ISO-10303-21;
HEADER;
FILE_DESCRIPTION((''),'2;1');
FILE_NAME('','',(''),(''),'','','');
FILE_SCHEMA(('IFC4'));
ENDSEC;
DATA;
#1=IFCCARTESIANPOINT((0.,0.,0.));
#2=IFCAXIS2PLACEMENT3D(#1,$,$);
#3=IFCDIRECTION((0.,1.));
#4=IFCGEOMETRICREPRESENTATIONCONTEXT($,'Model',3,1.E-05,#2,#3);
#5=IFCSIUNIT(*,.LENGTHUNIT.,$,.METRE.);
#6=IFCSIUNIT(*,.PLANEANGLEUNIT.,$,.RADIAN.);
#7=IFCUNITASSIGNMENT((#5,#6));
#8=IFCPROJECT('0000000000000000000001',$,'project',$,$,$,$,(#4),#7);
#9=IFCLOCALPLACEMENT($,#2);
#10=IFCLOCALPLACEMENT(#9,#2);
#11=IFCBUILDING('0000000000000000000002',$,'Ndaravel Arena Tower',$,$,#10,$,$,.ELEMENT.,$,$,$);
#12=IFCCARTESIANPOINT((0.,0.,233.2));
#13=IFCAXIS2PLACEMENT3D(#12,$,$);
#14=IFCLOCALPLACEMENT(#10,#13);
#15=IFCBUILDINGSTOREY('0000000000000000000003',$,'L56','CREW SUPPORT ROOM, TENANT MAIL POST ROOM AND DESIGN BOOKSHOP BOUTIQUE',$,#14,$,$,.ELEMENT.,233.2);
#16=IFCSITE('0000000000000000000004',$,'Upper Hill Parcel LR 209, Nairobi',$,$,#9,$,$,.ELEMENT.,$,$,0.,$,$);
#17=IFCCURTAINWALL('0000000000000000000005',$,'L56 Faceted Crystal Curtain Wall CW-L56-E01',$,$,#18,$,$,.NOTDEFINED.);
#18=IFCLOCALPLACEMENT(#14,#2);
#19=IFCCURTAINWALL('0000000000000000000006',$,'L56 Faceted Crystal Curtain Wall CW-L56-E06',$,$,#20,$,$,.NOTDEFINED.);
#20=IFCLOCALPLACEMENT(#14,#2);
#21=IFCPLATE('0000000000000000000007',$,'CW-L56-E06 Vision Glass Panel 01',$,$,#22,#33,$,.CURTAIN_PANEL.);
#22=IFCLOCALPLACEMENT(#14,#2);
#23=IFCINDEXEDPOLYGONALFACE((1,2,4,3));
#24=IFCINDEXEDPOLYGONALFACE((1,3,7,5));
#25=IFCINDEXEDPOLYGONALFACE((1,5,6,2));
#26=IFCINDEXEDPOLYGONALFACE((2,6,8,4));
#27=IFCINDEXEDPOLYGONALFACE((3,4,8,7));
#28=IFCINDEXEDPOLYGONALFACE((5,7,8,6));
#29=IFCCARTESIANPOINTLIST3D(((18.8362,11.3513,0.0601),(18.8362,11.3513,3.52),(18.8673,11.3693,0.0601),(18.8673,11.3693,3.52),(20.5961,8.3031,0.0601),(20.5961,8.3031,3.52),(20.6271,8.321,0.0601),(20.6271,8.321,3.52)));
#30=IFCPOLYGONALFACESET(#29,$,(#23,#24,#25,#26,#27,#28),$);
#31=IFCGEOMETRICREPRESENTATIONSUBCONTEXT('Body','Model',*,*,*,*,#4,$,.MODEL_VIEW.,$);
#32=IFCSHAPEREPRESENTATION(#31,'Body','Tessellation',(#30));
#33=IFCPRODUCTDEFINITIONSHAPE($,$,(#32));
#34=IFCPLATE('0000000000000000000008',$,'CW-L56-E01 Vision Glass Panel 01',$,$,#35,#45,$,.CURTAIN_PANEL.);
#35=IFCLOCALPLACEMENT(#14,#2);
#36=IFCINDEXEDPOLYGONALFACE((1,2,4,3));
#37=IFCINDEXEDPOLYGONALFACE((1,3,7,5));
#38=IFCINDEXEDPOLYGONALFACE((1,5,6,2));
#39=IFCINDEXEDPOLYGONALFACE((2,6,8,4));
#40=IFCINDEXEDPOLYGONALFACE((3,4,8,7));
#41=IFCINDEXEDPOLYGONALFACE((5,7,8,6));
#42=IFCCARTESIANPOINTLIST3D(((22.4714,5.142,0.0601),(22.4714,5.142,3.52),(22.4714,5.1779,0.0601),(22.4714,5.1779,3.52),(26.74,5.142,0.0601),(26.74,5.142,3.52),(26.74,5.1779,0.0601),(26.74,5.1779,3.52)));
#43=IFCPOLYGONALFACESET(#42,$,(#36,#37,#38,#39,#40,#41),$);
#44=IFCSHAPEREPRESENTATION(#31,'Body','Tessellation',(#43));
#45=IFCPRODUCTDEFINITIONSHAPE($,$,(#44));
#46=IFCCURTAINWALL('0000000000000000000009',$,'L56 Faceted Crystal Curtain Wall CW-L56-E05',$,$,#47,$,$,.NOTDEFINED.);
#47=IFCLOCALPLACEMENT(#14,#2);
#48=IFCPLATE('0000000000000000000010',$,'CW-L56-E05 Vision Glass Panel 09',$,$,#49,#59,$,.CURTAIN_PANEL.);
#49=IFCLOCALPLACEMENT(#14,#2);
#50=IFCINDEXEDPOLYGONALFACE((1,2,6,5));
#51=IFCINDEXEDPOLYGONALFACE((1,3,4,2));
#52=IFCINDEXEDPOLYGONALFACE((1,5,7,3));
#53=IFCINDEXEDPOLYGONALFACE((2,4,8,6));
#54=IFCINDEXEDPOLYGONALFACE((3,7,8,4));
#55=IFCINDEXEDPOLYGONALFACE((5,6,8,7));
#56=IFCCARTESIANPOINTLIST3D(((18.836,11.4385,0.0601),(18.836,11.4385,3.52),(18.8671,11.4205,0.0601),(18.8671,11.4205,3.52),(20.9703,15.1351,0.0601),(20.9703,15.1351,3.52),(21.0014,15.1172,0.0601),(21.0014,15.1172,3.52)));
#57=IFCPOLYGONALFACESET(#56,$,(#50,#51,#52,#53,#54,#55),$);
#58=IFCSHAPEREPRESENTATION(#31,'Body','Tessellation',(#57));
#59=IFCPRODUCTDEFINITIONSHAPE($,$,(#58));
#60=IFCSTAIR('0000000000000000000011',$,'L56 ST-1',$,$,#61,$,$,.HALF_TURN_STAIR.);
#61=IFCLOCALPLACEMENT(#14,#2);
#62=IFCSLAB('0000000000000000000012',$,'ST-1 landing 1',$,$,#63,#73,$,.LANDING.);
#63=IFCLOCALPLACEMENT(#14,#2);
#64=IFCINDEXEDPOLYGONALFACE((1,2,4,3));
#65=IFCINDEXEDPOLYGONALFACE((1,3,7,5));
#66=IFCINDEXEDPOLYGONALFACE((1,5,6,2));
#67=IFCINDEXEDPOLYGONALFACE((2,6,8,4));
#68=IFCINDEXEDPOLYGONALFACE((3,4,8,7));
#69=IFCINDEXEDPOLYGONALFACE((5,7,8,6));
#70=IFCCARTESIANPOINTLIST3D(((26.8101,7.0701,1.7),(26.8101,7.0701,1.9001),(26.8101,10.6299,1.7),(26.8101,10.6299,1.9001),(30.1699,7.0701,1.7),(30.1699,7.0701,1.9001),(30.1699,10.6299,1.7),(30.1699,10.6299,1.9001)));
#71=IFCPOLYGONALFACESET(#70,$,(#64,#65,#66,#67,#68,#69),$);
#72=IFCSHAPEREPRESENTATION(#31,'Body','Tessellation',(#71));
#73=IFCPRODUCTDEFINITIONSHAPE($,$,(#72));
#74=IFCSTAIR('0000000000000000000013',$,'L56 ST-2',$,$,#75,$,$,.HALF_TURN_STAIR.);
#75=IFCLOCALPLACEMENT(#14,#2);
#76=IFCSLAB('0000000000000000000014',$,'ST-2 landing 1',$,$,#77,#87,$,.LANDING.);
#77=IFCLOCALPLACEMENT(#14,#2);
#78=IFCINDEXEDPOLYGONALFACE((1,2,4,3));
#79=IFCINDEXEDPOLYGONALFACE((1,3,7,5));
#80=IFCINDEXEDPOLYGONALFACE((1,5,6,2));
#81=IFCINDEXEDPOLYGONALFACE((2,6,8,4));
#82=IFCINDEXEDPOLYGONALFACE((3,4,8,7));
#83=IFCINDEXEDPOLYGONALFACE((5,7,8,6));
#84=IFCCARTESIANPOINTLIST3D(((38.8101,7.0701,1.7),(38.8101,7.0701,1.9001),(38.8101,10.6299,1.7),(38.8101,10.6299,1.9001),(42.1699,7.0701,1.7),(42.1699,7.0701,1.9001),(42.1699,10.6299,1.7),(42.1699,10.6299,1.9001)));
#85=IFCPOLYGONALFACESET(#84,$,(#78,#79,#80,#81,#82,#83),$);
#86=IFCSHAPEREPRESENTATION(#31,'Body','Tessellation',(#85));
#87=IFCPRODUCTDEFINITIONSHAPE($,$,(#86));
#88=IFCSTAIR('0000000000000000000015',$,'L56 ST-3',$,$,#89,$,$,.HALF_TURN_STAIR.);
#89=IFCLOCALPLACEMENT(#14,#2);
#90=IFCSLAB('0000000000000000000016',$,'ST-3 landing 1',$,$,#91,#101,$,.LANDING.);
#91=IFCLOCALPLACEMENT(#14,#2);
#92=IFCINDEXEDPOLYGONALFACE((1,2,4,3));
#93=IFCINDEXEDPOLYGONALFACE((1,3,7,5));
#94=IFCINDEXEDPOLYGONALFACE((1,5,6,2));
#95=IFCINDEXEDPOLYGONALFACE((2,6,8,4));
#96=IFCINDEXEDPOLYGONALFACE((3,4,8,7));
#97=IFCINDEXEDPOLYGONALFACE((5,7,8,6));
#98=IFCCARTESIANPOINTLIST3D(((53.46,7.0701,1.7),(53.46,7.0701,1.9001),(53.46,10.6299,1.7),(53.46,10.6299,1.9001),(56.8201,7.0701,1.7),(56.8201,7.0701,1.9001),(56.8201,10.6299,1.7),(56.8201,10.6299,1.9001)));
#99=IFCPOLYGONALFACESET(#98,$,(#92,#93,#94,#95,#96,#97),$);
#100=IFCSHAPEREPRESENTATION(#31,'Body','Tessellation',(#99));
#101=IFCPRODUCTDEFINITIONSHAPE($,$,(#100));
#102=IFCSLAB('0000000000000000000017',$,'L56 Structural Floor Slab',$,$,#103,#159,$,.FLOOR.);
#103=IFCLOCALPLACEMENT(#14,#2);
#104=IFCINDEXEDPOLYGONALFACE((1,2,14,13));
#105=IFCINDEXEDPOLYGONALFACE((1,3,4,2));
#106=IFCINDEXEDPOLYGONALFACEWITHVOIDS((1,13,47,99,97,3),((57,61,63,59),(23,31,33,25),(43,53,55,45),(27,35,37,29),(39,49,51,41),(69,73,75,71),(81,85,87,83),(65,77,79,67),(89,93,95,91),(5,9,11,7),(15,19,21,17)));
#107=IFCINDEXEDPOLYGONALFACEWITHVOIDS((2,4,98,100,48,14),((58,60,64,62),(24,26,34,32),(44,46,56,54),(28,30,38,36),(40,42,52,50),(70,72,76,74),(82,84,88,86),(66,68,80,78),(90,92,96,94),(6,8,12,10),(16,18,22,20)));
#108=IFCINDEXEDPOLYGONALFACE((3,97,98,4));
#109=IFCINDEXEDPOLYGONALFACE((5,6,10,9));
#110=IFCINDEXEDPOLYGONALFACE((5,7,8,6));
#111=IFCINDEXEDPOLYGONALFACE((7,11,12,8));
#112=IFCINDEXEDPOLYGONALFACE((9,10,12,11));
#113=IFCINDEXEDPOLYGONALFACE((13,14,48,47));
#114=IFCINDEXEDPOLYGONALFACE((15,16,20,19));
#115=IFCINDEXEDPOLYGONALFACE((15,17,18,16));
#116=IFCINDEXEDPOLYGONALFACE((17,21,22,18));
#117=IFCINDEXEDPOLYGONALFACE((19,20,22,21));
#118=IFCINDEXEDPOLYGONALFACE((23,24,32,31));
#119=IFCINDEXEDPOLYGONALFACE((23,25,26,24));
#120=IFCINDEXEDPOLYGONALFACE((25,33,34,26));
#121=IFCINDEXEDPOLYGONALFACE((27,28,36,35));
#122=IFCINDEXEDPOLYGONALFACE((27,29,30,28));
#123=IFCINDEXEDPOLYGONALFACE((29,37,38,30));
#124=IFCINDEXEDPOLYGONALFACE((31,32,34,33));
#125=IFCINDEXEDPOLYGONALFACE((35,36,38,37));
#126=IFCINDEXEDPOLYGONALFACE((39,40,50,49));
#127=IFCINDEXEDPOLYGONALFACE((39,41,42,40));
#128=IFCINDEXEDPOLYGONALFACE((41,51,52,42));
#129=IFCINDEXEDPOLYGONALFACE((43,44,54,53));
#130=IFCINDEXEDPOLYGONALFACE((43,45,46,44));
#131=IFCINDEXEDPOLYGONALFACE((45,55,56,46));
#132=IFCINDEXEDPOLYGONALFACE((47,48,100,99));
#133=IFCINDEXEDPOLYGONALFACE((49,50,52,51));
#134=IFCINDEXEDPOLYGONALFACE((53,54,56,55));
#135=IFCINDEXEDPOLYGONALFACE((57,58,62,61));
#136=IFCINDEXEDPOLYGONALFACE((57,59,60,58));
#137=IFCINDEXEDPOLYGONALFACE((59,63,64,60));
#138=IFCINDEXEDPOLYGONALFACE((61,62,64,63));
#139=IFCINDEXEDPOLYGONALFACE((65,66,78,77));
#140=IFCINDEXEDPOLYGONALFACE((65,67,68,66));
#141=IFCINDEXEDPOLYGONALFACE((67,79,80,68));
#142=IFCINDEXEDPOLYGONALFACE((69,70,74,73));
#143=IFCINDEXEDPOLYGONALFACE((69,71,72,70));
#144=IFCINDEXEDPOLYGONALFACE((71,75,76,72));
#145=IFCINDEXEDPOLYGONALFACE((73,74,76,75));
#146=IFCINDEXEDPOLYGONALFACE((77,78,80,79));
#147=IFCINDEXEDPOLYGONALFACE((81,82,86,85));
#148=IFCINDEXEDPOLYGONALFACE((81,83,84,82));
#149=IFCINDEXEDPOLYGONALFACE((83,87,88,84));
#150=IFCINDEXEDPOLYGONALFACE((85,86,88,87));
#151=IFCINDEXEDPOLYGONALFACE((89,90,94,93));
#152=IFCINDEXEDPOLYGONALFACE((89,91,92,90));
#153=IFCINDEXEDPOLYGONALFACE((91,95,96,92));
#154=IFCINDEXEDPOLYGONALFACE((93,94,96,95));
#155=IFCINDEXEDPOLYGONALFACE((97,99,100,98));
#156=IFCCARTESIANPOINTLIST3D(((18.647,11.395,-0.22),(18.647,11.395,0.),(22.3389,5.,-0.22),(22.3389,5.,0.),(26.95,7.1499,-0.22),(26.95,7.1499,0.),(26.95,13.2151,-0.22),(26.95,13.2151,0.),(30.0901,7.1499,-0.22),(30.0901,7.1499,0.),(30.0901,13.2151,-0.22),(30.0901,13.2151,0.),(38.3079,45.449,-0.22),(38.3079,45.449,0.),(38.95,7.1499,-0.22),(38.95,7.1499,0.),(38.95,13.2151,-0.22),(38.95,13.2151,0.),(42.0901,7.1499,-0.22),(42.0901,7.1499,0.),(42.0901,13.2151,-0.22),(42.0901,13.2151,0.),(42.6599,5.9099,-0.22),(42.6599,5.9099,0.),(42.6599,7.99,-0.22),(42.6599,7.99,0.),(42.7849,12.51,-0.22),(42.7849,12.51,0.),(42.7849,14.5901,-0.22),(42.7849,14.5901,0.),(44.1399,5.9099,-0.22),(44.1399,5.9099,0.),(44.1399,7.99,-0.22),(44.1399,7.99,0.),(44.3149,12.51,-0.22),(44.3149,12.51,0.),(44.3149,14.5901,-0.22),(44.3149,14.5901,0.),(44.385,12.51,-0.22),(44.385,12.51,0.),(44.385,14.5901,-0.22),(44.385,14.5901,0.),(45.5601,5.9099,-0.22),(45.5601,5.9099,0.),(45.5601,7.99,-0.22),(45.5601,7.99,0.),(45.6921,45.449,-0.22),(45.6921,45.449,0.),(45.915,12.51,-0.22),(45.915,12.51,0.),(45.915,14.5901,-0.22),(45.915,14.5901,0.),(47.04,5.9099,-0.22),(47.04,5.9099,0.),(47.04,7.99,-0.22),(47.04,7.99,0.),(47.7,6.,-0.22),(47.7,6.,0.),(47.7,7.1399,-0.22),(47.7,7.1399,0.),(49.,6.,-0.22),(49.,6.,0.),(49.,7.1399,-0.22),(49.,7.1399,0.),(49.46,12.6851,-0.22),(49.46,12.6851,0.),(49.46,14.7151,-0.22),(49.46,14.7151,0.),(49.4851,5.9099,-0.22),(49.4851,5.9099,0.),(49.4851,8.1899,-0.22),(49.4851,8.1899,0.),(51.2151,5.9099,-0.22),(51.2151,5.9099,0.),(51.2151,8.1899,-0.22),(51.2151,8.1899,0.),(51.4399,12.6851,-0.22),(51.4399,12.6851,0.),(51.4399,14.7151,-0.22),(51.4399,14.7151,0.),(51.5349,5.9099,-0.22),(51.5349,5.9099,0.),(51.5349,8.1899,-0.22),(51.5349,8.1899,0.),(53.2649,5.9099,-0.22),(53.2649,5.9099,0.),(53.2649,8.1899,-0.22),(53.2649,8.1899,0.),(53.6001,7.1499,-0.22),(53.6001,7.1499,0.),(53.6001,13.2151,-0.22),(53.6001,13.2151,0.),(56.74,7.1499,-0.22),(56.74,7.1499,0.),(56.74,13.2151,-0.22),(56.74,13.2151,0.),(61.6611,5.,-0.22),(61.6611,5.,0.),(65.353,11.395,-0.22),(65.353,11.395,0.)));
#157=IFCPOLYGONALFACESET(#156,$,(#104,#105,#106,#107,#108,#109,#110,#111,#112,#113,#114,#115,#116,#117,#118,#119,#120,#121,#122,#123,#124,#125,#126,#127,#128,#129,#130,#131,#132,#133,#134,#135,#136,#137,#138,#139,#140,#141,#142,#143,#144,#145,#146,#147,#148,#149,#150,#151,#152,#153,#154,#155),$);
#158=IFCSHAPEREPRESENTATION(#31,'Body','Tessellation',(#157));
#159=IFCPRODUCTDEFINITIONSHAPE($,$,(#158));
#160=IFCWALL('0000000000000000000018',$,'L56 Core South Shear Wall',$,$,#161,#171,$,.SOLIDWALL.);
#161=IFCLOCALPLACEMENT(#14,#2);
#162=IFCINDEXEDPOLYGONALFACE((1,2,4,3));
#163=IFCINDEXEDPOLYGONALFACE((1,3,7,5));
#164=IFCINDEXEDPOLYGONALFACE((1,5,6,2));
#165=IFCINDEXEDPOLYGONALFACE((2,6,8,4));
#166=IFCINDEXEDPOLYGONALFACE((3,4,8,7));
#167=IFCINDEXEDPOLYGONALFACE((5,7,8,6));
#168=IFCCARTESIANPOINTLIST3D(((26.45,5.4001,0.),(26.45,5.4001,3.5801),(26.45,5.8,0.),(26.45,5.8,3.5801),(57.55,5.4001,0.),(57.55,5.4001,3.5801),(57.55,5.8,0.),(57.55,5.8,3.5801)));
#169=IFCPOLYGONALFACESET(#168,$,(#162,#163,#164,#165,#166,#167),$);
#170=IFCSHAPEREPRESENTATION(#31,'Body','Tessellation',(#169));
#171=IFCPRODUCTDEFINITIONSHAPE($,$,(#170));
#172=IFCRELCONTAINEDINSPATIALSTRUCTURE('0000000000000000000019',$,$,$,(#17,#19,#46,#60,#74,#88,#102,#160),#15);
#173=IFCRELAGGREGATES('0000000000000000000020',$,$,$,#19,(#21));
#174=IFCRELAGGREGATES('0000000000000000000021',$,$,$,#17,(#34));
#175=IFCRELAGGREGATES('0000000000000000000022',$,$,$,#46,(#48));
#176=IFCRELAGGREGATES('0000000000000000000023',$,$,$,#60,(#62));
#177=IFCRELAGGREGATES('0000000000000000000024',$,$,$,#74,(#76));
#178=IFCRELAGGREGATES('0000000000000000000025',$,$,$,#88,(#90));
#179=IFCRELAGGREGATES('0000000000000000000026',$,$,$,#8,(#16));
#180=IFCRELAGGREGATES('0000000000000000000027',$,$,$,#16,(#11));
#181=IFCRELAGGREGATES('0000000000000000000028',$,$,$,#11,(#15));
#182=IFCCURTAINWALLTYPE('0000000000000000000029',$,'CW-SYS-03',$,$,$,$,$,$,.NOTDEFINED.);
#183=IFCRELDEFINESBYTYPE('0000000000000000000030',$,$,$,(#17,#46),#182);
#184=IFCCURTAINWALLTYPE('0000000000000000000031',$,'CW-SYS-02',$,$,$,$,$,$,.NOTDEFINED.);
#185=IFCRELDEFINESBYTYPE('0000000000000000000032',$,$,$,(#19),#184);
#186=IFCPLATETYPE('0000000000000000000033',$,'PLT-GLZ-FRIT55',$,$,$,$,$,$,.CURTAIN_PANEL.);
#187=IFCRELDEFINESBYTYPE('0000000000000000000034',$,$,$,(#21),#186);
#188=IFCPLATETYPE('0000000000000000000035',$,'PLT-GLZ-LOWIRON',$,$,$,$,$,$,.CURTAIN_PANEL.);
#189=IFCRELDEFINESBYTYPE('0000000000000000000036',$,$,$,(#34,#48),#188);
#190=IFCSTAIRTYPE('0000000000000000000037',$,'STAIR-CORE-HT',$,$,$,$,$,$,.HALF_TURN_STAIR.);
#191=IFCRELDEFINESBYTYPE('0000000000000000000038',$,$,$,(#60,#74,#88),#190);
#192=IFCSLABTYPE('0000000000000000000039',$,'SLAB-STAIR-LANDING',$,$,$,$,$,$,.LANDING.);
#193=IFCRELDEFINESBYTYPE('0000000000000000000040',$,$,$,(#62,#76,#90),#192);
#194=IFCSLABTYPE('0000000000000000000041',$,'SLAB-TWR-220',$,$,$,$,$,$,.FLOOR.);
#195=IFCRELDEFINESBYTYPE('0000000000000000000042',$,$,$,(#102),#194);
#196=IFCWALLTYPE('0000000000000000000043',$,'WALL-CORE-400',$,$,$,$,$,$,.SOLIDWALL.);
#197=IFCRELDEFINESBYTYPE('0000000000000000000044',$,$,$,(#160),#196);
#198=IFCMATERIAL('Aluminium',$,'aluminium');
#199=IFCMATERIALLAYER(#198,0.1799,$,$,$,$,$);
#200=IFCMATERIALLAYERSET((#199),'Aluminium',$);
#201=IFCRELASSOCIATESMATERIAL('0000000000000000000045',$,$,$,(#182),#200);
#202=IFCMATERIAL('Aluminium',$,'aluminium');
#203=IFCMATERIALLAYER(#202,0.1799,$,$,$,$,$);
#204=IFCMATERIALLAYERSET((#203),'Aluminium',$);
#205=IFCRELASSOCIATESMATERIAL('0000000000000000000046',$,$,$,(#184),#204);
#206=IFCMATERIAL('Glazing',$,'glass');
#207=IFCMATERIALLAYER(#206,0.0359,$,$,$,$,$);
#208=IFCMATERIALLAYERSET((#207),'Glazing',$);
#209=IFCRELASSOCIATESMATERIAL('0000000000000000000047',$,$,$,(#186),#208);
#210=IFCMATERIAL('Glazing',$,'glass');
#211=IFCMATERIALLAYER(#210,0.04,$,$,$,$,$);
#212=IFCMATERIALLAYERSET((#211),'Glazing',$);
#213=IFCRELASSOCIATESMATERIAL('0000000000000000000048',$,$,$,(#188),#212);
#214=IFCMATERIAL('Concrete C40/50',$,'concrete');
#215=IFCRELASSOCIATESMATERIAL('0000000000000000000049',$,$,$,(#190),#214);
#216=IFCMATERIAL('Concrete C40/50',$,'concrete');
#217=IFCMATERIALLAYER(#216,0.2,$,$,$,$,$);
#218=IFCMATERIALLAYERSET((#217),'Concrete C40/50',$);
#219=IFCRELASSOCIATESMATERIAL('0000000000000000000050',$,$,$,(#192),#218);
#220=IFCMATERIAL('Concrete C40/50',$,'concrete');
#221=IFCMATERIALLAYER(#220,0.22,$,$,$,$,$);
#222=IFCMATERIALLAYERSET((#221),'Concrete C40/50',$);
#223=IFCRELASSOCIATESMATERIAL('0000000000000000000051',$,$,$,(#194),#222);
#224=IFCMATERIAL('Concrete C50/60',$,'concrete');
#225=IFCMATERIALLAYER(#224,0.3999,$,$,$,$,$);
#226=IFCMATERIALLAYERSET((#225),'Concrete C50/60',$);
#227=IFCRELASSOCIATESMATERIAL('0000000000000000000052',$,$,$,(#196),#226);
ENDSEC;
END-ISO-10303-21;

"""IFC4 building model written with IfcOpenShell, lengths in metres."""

from ifc_helpers import new_model, si_unit, direction, frame, frame_2d, origin, origin_2d, place, context, subcontext, project, spatial, polyline, rectangle, outline, extrude, material, layer, layer_set, type_object, element, aggregate, save


model = new_model("IFC4")

# Units and contexts
model_context = context("Model", 3, precision=1e-05, world=origin(), true_north=direction((0.0, 1.0)))
body_context = subcontext(model_context, "Body", "Model", "MODEL_VIEW")
ifc_project = project(units=[si_unit("LENGTHUNIT", "METRE"), si_unit("PLANEANGLEUNIT", "RADIAN")], contexts=[model_context])

# Site, building, storey
site_placement = place(None, origin())
site = spatial("IfcSite", under=ifc_project, at=site_placement, Name="Upper Hill Parcel LR 209, Nairobi", CompositionType="ELEMENT", RefElevation=0.0)
building_placement = place(site_placement, origin())
building = spatial("IfcBuilding", under=site, at=building_placement, Name="Ndaravel Arena Tower", CompositionType="ELEMENT")
storey_placement = place(building_placement, frame((0.0, 0.0, 233.2)))
storey = spatial("IfcBuildingStorey", under=building, at=storey_placement, Name="L56", Description="CREW SUPPORT ROOM, TENANT MAIL POST ROOM AND DESIGN BOOKSHOP BOUTIQUE", CompositionType="ELEMENT", Elevation=233.2)

# Curtain wall
ifc_material_1 = material(Name="Aluminium", Category="aluminium")
ifc_layer_1 = layer(ifc_material_1, 0.1799)
ifc_layer_set_1 = layer_set([ifc_layer_1], Name="Aluminium")
curtain_wall_type_1 = type_object("IfcCurtainWallType", Name="CW-SYS-03", PredefinedType="NOTDEFINED", material=ifc_layer_set_1)
curtain_wall_1_placement = place(storey_placement, origin())
curtain_wall_1 = element("IfcCurtainWall", 1, at=curtain_wall_1_placement, inside=storey, type_object=curtain_wall_type_1, Name="L56 Faceted Crystal Curtain Wall CW-L56-E01", PredefinedType="NOTDEFINED")

# Curtain wall
ifc_material_2 = material(Name="Aluminium", Category="aluminium")
ifc_layer_2 = layer(ifc_material_2, 0.1799)
ifc_layer_set_2 = layer_set([ifc_layer_2], Name="Aluminium")
curtain_wall_type_2 = type_object("IfcCurtainWallType", Name="CW-SYS-02", PredefinedType="NOTDEFINED", material=ifc_layer_set_2)
curtain_wall_2_placement = place(storey_placement, origin())
curtain_wall_2 = element("IfcCurtainWall", 2, at=curtain_wall_2_placement, inside=storey, type_object=curtain_wall_type_2, Name="L56 Faceted Crystal Curtain Wall CW-L56-E06", PredefinedType="NOTDEFINED")

# Plates
ifc_material_3 = material(Name="Glazing", Category="glass")
ifc_layer_3 = layer(ifc_material_3, 0.0359)
ifc_layer_set_3 = layer_set([ifc_layer_3], Name="Glazing")
plate_type_1 = type_object("IfcPlateType", Name="PLT-GLZ-FRIT55", PredefinedType="CURTAIN_PANEL", material=ifc_layer_set_3)
plate_1_placement = place(storey_placement, frame((19.7317, 9.8362, 0.0601), z_axis=(0.0, 0.0, 1.0), x_axis=(0.499985, -0.866034, 0.0)))
plate_1 = element("IfcPlate", 3, at=plate_1_placement, type_object=plate_type_1, Name="CW-L56-E06 Vision Glass Panel 01", PredefinedType="CURTAIN_PANEL", context=body_context, shape_type="SweptSolid", body=[
    extrude(rectangle(XDim=3.5198, YDim=0.0359, at=origin_2d()), origin(), (0.0, 0.0, 1.0), 3.46),
])
aggregate(curtain_wall_2, [plate_1])
ifc_material_4 = material(Name="Glazing", Category="glass")
ifc_layer_4 = layer(ifc_material_4, 0.04)
ifc_layer_set_4 = layer_set([ifc_layer_4], Name="Glazing")
plate_type_2 = type_object("IfcPlateType", Name="PLT-GLZ-LOWIRON", PredefinedType="CURTAIN_PANEL", material=ifc_layer_set_4)
plate_2_placement = place(storey_placement, frame((24.6057, 5.1599, 0.0601), z_axis=(0.0, 0.0, 1.0), x_axis=(1.0, 0.0, 0.0)))
plate_2 = element("IfcPlate", 4, at=plate_2_placement, type_object=plate_type_2, Name="CW-L56-E01 Vision Glass Panel 01", PredefinedType="CURTAIN_PANEL", context=body_context, shape_type="SweptSolid", body=[
    extrude(rectangle(XDim=4.2686, YDim=0.0359, at=origin_2d()), origin(), (0.0, 0.0, 1.0), 3.46),
])
aggregate(curtain_wall_1, [plate_2])

# Curtain wall, plate
curtain_wall_3_placement = place(storey_placement, origin())
curtain_wall_3 = element("IfcCurtainWall", 5, at=curtain_wall_3_placement, inside=storey, type_object=curtain_wall_type_1, Name="L56 Faceted Crystal Curtain Wall CW-L56-E05", PredefinedType="NOTDEFINED")
plate_3_placement = place(storey_placement, frame((19.9187, 13.2778, 0.0601), z_axis=(0.0, 0.0, 1.0), x_axis=(-0.5, -0.866025, 0.0)))
plate_3 = element("IfcPlate", 6, at=plate_3_placement, type_object=plate_type_2, Name="CW-L56-E05 Vision Glass Panel 09", PredefinedType="CURTAIN_PANEL", context=body_context, shape_type="SweptSolid", body=[
    extrude(rectangle(XDim=4.2686, YDim=0.0359, at=origin_2d()), origin(), (0.0, 0.0, 1.0), 3.46),
])
aggregate(curtain_wall_3, [plate_3])

# Stairs, slabs
ifc_material_5 = material(Name="Concrete C40/50", Category="concrete")
stair_type = type_object("IfcStairType", Name="STAIR-CORE-HT", PredefinedType="HALF_TURN_STAIR", material=ifc_material_5)
stair_1_placement = place(storey_placement, origin())
stair_1 = element("IfcStair", 7, at=stair_1_placement, inside=storey, type_object=stair_type, Name="L56 ST-1", PredefinedType="HALF_TURN_STAIR")
ifc_material_6 = material(Name="Concrete C40/50", Category="concrete")
ifc_layer_5 = layer(ifc_material_6, 0.2)
ifc_layer_set_5 = layer_set([ifc_layer_5], Name="Concrete C40/50")
slab_type_1 = type_object("IfcSlabType", Name="SLAB-STAIR-LANDING", PredefinedType="LANDING", material=ifc_layer_set_5)
slab_1_placement = place(storey_placement, frame((0.0, 0.0, 1.7)))
slab_1 = element("IfcSlab", 8, at=slab_1_placement, type_object=slab_type_1, Name="ST-1 landing 1", PredefinedType="LANDING", context=body_context, shape_type="SweptSolid", body=[
    extrude(outline(polyline([(26.8101, 10.6299), (26.8101, 7.0701), (30.1699, 7.0701), (30.1699, 10.6299), (26.8101, 10.6299)])), origin(), (0.0, 0.0, 1.0), 0.2002),
])
aggregate(stair_1, [slab_1])
stair_2_placement = place(storey_placement, origin())
stair_2 = element("IfcStair", 9, at=stair_2_placement, inside=storey, type_object=stair_type, Name="L56 ST-2", PredefinedType="HALF_TURN_STAIR")
slab_2_placement = place(storey_placement, frame((0.0, 0.0, 1.7)))
slab_2 = element("IfcSlab", 10, at=slab_2_placement, type_object=slab_type_1, Name="ST-2 landing 1", PredefinedType="LANDING", context=body_context, shape_type="SweptSolid", body=[
    extrude(outline(polyline([(38.8101, 10.6299), (38.8101, 7.0701), (42.1699, 7.0701), (42.1699, 10.6299), (38.8101, 10.6299)])), origin(), (0.0, 0.0, 1.0), 0.2002),
])
aggregate(stair_2, [slab_2])
stair_3_placement = place(storey_placement, origin())
stair_3 = element("IfcStair", 11, at=stair_3_placement, inside=storey, type_object=stair_type, Name="L56 ST-3", PredefinedType="HALF_TURN_STAIR")
slab_3_placement = place(storey_placement, frame((0.0, 0.0, 1.7)))
slab_3 = element("IfcSlab", 12, at=slab_3_placement, type_object=slab_type_1, Name="ST-3 landing 1", PredefinedType="LANDING", context=body_context, shape_type="SweptSolid", body=[
    extrude(outline(polyline([(53.46, 10.6299), (53.46, 7.0701), (56.8201, 7.0701), (56.8201, 10.6299), (53.46, 10.6299)])), origin(), (0.0, 0.0, 1.0), 0.2002),
])
aggregate(stair_3, [slab_3])

# Slab
ifc_material_7 = material(Name="Concrete C40/50", Category="concrete")
ifc_layer_6 = layer(ifc_material_7, 0.22)
ifc_layer_set_6 = layer_set([ifc_layer_6], Name="Concrete C40/50")
slab_type_2 = type_object("IfcSlabType", Name="SLAB-TWR-220", PredefinedType="FLOOR", material=ifc_layer_set_6)
slab_4_placement = place(storey_placement, frame((0.0, 0.0, -0.22)))
element("IfcSlab", 13, at=slab_4_placement, inside=storey, type_object=slab_type_2, Name="L56 Structural Floor Slab", PredefinedType="FLOOR", context=body_context, shape_type="SweptSolid", body=[
    extrude(outline(polyline([(18.647, 11.395), (22.3389, 5.0), (61.6611, 5.0), (65.353, 11.395), (45.6921, 45.449), (38.3079, 45.449), (18.647, 11.395)]), holes=[polyline([(26.95, 13.2151), (26.95, 7.1499), (30.0901, 7.1499), (30.0901, 13.2151), (26.95, 13.2151)]), polyline([(38.95, 13.2151), (38.95, 7.1499), (42.0901, 7.1499), (42.0901, 13.2151), (38.95, 13.2151)]), polyline([(53.6001, 13.2151), (53.6001, 7.1499), (56.74, 7.1499), (56.74, 13.2151), (53.6001, 13.2151)]), polyline([(42.6599, 5.9099), (44.1399, 5.9099), (44.1399, 7.99), (42.6599, 7.99), (42.6599, 5.9099)]), polyline([(45.5601, 5.9099), (47.04, 5.9099), (47.04, 7.99), (45.5601, 7.99), (45.5601, 5.9099)]), polyline([(42.7849, 12.51), (44.3149, 12.51), (44.3149, 14.5901), (42.7849, 14.5901), (42.7849, 12.51)]), polyline([(44.385, 12.51), (45.915, 12.51), (45.915, 14.5901), (44.385, 14.5901), (44.385, 12.51)]), polyline([(49.4851, 5.9099), (51.2151, 5.9099), (51.2151, 8.1899), (49.4851, 8.1899), (49.4851, 5.9099)]), polyline([(51.5349, 5.9099), (53.2649, 5.9099), (53.2649, 8.1899), (51.5349, 8.1899), (51.5349, 5.9099)]), polyline([(49.46, 12.6851), (51.4399, 12.6851), (51.4399, 14.7151), (49.46, 14.7151), (49.46, 12.6851)]), polyline([(47.7, 6.0), (49.0, 6.0), (49.0, 7.1399), (47.7, 7.1399), (47.7, 6.0)])]), origin(), (0.0, 0.0, 1.0), 0.22),
])

# Wall
ifc_material_8 = material(Name="Concrete C50/60", Category="concrete")
ifc_layer_7 = layer(ifc_material_8, 0.3999)
ifc_layer_set_7 = layer_set([ifc_layer_7], Name="Concrete C50/60")
wall_type = type_object("IfcWallType", Name="WALL-CORE-400", PredefinedType="SOLIDWALL", material=ifc_layer_set_7)
wall_placement = place(storey_placement, frame((26.45, 5.6001, 0.0), z_axis=(0.0, 0.0, 1.0), x_axis=(1.0, 0.0, 0.0)))
element("IfcWall", 14, at=wall_placement, inside=storey, type_object=wall_type, Name="L56 Core South Shear Wall", PredefinedType="SOLIDWALL", context=body_context, shape_type="SweptSolid", body=[
    extrude(rectangle(XDim=31.1001, YDim=0.3999, at=frame_2d((15.55, 0.0))), origin(), (0.0, 0.0, 1.0), 3.5801),
])

save(model, "model.ifc")
